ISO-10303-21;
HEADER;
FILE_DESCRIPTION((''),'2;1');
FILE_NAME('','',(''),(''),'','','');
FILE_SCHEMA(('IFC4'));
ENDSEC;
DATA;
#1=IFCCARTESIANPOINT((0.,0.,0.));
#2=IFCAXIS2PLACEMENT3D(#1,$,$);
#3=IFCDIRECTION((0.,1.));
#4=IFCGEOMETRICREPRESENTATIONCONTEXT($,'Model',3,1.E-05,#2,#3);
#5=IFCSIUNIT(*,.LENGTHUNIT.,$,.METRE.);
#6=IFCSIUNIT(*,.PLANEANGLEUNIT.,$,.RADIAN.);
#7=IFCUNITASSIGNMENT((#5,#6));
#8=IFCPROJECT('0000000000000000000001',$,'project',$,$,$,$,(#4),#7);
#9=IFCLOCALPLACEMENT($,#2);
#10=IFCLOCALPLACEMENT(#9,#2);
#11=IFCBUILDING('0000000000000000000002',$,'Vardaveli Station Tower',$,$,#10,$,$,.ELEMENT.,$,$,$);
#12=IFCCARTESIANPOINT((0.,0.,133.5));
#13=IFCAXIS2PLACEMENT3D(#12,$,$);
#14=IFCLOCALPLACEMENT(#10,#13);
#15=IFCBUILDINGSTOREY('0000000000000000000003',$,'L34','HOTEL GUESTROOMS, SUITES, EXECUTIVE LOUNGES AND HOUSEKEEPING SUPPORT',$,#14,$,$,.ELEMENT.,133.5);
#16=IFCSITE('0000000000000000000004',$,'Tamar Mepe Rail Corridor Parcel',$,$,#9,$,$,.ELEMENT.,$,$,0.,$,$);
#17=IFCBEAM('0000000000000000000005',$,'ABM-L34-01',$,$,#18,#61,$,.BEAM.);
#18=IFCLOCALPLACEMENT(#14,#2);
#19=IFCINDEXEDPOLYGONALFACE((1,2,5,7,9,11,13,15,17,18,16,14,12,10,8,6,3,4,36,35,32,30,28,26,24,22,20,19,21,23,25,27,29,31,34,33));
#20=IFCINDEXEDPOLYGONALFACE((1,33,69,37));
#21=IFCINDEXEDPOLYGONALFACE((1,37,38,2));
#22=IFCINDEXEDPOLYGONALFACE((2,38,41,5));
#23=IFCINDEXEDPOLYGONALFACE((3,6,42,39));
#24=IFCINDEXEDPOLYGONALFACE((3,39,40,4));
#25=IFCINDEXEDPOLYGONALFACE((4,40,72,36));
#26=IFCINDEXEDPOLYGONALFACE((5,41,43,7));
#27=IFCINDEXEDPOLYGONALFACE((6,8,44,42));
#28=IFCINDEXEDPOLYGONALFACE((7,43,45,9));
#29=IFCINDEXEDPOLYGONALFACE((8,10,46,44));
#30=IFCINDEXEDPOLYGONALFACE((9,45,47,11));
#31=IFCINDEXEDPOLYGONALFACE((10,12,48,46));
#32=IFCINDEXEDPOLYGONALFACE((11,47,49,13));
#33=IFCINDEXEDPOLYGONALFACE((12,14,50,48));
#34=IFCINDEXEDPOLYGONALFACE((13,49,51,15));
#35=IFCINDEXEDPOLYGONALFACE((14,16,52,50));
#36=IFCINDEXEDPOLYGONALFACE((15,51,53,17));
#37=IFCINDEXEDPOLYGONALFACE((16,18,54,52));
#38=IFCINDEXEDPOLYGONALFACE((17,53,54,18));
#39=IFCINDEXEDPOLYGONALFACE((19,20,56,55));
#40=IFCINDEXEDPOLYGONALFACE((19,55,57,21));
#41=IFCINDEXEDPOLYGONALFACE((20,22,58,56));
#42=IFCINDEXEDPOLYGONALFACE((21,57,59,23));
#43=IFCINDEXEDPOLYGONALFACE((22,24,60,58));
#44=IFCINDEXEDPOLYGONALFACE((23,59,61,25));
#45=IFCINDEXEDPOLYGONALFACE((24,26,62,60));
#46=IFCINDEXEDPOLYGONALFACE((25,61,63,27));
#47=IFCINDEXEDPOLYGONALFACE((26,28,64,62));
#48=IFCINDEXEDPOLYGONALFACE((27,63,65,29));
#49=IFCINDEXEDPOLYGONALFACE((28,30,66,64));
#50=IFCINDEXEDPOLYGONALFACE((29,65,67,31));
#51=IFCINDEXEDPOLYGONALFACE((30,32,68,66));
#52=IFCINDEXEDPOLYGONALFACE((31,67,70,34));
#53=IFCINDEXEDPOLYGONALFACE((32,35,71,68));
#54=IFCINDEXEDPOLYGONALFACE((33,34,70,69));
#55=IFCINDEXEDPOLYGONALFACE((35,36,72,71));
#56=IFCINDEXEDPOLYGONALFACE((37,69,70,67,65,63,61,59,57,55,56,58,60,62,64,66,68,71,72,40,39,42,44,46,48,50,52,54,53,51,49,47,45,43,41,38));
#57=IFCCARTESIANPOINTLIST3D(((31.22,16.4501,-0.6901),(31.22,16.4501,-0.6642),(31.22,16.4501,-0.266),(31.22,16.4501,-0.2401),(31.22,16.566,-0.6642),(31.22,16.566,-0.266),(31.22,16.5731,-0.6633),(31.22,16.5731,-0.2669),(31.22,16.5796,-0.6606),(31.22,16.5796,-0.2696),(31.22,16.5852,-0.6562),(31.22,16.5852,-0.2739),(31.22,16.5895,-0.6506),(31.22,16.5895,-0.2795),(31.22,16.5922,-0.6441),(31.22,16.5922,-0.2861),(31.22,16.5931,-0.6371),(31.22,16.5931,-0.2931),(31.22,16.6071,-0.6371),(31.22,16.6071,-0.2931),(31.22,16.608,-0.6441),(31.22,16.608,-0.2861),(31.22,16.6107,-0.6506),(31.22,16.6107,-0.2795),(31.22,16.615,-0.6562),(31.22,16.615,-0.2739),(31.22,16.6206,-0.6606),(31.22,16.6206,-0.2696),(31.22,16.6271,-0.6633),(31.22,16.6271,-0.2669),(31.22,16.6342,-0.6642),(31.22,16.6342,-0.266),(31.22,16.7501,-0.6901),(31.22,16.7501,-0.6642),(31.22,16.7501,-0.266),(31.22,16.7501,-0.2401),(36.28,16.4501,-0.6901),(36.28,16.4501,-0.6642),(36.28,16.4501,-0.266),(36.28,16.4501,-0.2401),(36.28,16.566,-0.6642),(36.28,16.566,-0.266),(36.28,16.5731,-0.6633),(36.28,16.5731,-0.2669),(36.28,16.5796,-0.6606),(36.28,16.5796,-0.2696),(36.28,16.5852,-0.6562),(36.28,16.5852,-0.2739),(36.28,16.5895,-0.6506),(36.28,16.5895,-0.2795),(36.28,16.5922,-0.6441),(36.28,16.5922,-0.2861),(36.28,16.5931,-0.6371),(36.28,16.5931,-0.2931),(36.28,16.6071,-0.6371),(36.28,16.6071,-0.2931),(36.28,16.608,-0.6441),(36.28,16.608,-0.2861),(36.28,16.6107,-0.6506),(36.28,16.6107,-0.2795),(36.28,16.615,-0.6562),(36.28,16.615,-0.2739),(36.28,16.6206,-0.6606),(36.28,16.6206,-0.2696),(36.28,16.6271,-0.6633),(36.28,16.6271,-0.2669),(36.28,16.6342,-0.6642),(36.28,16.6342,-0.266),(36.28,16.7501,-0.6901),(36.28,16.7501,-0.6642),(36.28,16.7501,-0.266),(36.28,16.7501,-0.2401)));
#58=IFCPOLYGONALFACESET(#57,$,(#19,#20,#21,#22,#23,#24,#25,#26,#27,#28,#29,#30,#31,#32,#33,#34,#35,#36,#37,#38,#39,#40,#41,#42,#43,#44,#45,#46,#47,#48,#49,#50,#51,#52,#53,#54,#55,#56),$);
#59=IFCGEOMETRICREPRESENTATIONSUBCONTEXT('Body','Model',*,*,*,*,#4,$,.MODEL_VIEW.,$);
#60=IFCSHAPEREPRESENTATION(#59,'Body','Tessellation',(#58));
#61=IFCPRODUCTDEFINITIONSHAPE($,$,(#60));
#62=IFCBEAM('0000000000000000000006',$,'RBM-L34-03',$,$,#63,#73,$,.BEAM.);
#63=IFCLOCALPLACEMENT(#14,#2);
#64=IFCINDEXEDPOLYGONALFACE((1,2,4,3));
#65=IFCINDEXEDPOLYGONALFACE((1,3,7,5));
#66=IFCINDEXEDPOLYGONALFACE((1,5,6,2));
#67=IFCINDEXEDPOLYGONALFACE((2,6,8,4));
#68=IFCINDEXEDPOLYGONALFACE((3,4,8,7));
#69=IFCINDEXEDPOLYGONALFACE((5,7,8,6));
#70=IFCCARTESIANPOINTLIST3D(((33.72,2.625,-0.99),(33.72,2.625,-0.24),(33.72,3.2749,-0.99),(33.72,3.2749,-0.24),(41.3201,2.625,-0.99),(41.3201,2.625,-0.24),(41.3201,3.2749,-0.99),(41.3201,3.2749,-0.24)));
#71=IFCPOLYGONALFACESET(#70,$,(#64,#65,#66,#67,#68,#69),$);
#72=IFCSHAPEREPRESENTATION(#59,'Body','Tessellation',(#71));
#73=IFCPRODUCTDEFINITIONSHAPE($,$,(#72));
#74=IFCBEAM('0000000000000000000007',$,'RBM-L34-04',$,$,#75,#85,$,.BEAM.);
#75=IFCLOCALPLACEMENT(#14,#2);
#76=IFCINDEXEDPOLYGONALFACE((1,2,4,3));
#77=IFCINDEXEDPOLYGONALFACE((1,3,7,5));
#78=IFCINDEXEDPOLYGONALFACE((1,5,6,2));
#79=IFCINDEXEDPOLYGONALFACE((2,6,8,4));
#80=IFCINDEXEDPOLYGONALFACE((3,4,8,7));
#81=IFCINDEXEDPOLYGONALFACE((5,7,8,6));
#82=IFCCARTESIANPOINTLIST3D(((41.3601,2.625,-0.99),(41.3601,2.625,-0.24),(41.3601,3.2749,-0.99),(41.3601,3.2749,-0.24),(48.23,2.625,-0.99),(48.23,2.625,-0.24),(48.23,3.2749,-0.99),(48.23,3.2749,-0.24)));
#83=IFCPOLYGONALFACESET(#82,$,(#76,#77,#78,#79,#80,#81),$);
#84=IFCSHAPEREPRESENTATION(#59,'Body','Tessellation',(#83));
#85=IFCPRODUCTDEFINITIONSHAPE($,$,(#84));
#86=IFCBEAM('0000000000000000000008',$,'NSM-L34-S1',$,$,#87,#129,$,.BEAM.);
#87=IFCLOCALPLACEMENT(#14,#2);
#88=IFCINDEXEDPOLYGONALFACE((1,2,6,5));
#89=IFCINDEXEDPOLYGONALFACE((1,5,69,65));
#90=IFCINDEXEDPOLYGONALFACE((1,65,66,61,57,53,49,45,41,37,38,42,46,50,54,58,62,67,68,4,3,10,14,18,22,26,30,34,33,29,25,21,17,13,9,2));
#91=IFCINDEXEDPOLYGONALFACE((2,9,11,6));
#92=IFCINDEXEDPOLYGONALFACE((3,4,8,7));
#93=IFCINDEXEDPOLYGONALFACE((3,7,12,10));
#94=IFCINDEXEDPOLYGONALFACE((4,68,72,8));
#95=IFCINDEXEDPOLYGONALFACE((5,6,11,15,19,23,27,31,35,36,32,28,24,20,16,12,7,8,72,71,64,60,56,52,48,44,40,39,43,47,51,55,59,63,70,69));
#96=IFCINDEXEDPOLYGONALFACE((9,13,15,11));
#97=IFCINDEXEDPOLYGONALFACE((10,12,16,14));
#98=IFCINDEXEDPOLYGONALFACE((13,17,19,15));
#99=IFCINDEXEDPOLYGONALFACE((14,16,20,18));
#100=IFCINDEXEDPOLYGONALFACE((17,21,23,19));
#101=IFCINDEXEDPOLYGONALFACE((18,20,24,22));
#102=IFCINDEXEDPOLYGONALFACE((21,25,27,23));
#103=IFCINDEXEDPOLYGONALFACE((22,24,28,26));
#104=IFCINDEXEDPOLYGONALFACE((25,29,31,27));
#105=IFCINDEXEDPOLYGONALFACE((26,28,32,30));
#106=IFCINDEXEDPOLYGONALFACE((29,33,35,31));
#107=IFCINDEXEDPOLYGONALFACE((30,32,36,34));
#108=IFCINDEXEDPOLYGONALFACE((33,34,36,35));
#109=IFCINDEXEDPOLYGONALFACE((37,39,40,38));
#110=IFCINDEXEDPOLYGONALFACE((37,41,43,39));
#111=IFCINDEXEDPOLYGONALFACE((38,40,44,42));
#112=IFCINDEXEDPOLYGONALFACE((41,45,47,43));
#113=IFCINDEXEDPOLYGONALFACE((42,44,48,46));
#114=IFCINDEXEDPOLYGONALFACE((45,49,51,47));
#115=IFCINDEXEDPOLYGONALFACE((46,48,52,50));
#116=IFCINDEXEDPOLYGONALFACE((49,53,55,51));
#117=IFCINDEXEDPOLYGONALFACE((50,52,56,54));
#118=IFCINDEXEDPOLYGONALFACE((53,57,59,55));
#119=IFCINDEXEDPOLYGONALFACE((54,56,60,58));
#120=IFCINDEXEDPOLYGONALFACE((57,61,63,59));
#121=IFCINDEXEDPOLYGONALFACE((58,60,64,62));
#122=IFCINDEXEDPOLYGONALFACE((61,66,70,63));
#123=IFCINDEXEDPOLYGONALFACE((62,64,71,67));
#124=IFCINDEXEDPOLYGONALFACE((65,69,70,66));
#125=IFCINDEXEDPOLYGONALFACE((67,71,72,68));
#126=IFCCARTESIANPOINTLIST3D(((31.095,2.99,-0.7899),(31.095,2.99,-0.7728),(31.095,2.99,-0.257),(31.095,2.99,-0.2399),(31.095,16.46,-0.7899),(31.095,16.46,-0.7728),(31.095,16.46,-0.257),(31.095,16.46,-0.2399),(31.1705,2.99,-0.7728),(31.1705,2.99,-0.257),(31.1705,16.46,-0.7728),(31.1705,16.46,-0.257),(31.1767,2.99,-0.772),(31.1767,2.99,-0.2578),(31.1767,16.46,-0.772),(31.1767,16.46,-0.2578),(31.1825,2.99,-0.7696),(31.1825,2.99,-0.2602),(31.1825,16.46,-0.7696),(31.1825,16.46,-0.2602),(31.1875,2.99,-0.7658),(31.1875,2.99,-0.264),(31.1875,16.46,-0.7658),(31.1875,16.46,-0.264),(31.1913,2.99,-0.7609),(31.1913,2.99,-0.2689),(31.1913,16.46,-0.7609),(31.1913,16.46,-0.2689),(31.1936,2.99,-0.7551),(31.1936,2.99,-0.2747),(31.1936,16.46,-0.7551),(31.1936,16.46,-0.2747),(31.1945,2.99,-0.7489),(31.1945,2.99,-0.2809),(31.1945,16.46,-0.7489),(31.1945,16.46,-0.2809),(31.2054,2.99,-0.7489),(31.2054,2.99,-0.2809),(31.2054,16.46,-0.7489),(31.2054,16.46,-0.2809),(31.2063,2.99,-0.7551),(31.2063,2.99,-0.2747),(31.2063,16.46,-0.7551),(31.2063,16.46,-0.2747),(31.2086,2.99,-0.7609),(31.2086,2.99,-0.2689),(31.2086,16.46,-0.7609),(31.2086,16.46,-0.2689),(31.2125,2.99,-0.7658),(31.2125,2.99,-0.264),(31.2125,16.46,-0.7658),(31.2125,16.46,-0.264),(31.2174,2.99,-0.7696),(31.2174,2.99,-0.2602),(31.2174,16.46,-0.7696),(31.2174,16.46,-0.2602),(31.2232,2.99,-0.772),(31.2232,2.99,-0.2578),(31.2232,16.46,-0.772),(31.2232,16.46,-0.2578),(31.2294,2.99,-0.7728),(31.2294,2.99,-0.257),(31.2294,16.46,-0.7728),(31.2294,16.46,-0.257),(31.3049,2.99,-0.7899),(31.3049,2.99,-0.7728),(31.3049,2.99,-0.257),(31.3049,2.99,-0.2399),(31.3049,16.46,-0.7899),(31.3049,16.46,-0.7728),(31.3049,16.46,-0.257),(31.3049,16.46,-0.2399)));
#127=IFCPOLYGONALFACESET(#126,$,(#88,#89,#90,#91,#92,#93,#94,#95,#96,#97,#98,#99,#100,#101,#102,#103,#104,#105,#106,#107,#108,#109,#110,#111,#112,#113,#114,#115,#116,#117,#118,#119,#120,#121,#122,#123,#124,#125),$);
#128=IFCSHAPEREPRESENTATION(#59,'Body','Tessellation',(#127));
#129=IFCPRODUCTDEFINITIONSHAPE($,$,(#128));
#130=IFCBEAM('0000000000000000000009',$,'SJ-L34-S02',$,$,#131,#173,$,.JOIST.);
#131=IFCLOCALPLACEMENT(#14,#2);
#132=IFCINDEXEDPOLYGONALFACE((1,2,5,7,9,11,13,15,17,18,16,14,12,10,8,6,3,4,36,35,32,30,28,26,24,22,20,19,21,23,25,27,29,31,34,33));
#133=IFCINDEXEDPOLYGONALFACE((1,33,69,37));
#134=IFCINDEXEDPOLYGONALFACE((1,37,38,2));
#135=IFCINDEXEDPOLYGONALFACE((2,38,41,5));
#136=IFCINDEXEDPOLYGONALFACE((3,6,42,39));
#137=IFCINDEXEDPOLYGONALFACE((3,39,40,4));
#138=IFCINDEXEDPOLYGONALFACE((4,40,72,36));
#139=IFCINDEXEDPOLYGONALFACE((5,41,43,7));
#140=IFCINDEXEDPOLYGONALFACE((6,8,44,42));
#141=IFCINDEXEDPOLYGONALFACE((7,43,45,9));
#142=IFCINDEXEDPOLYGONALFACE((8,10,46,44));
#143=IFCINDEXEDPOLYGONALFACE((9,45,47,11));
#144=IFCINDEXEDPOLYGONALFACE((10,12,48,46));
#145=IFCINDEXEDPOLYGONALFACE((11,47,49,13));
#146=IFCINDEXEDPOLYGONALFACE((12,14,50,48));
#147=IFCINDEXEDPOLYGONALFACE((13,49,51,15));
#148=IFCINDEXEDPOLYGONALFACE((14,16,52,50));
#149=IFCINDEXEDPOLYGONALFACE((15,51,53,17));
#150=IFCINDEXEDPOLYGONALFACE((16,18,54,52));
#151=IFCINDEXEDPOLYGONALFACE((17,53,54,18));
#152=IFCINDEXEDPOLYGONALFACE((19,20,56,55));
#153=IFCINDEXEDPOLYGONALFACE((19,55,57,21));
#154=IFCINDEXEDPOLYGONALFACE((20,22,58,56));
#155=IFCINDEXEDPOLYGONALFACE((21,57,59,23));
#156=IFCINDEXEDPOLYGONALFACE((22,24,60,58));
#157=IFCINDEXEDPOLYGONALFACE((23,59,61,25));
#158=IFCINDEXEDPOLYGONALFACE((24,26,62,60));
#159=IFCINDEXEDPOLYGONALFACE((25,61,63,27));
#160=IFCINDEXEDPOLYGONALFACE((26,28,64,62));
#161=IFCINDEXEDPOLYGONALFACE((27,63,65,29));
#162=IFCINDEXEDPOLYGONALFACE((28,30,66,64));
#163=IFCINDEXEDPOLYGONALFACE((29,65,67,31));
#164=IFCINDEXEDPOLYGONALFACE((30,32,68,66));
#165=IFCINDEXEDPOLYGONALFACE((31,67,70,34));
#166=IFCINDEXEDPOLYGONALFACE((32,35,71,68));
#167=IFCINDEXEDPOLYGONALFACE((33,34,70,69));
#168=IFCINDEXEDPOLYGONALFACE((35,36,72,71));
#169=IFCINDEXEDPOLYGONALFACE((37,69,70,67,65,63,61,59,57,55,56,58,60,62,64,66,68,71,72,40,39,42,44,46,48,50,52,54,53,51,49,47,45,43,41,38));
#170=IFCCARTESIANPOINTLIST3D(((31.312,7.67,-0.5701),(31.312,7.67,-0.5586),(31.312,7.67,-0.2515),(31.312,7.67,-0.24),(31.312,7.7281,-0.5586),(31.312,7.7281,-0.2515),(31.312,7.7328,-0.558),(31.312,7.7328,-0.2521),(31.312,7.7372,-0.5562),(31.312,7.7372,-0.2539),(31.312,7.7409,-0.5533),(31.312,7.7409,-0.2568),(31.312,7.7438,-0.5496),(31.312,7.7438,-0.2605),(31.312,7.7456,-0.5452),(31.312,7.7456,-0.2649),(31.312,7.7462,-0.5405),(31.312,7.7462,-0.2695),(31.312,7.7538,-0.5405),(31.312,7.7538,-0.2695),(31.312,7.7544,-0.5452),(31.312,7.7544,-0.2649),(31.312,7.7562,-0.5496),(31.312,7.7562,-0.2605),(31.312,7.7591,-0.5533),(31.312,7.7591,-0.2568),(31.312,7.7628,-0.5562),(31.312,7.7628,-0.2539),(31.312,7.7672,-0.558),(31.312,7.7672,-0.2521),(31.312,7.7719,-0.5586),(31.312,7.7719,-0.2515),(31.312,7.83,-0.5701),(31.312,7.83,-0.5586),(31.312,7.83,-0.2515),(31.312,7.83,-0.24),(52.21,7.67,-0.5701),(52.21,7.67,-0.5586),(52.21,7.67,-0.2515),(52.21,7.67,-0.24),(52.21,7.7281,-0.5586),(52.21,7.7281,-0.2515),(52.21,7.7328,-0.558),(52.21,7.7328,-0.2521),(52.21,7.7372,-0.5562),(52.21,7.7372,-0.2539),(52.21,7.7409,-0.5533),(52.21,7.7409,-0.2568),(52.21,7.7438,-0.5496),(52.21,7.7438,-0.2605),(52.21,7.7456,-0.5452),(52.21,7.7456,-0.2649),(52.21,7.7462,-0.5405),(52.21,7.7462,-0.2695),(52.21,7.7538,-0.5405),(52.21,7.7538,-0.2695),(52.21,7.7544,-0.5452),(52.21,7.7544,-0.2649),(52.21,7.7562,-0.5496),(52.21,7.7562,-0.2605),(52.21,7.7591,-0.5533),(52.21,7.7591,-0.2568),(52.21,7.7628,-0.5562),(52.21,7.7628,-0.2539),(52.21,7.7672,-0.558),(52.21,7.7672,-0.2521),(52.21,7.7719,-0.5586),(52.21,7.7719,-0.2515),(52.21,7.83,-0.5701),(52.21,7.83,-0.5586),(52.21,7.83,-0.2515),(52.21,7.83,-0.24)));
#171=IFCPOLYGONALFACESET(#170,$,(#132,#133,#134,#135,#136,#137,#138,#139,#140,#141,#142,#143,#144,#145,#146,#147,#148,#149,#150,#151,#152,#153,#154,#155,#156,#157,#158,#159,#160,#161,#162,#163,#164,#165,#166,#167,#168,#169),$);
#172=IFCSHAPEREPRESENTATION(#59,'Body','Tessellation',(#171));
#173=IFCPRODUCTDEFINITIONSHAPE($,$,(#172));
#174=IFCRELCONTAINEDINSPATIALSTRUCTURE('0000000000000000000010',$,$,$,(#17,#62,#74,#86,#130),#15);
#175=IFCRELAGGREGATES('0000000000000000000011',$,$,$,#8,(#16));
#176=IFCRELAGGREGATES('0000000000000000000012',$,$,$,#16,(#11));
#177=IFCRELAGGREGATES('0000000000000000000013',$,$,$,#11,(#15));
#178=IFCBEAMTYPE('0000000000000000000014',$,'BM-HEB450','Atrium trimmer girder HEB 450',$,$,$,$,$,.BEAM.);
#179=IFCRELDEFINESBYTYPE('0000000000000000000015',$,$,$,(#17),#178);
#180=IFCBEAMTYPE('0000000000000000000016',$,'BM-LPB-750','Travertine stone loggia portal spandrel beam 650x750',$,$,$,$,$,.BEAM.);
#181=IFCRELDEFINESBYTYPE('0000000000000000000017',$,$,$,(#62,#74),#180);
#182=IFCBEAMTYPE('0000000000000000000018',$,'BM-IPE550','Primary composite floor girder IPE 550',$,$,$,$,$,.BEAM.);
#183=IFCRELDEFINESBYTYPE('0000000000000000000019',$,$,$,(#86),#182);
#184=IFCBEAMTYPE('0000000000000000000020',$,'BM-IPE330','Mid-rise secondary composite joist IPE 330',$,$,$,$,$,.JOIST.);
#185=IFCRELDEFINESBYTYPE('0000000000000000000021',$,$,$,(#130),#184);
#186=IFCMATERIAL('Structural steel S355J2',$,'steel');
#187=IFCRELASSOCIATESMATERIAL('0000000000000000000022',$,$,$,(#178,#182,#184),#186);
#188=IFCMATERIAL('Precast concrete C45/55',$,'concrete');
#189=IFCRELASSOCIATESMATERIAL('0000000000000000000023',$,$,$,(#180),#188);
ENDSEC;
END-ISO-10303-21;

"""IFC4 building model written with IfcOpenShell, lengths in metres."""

from ifc_helpers import new_model, si_unit, direction, frame, origin, origin_2d, place, context, subcontext, project, spatial, rectangle, i_section, extrude, source, transform, mapped, material, material_profile, profile_set, type_object, element, save


model = new_model("IFC4")

# Units and contexts
model_context = context("Model", 3, precision=1e-05, world=origin(), true_north=direction((0.0, 1.0)))
body_context = subcontext(model_context, "Body", "Model", "MODEL_VIEW")
ifc_project = project(units=[si_unit("LENGTHUNIT", "METRE"), si_unit("PLANEANGLEUNIT", "RADIAN")], contexts=[model_context])

# Site, building, storey
site_placement = place(None, origin())
site = spatial("IfcSite", under=ifc_project, at=site_placement, Name="Tamar Mepe Rail Corridor Parcel", CompositionType="ELEMENT", RefElevation=0.0)
building_placement = place(site_placement, origin())
building = spatial("IfcBuilding", under=site, at=building_placement, Name="Vardaveli Station Tower", CompositionType="ELEMENT")
storey_placement = place(building_placement, frame((0.0, 0.0, 133.5)))
storey = spatial("IfcBuildingStorey", under=building, at=storey_placement, Name="L34", Description="HOTEL GUESTROOMS, SUITES, EXECUTIVE LOUNGES AND HOUSEKEEPING SUPPORT", CompositionType="ELEMENT", Elevation=133.5)

# Beams
ifc_material_1 = material(Name="Structural steel S355J2", Category="steel")
ifc_material_profile_1 = material_profile(ifc_material_1, i_section(OverallWidth=0.3, OverallDepth=0.45, WebThickness=0.0139, FlangeThickness=0.0259, FilletRadius=0.0271, at=origin_2d()), Name="HEB 450")
ifc_profile_set_1 = profile_set([ifc_material_profile_1], Name="Structural steel S355J2")
beam_type_1 = type_object("IfcBeamType", Name="BM-HEB450", Description="Atrium trimmer girder HEB 450", PredefinedType="BEAM", material=ifc_profile_set_1)
shared_shape_1 = source(origin(), body_context, "Body", "SweptSolid", [
    extrude(i_section(OverallWidth=0.3, OverallDepth=0.45, WebThickness=0.0139, FlangeThickness=0.0259, FilletRadius=0.0271, at=origin_2d()), origin(), (0.0, 0.0, 1.0), 5.0601),
])
beam_1_placement = place(storey_placement, frame((31.22, 16.6001, -0.4651), z_axis=(1.0, 0.0, 0.0), x_axis=(0.0, 1.0, 0.0)))
element("IfcBeam", 1, at=beam_1_placement, inside=storey, type_object=beam_type_1, Name="ABM-L34-01", PredefinedType="BEAM", context=body_context, shape_type="MappedRepresentation", body=[
    mapped(shared_shape_1, transform((0.0, 0.0, 0.0), scale=1.0)),
])
ifc_material_2 = material(Name="Precast concrete C45/55", Category="concrete")
ifc_material_profile_2 = material_profile(ifc_material_2, rectangle(XDim=0.6499, YDim=0.75, at=origin_2d()), Name="LPB 650x750")
ifc_profile_set_2 = profile_set([ifc_material_profile_2], Name="Precast concrete C45/55")
beam_type_2 = type_object("IfcBeamType", Name="BM-LPB-750", Description="Travertine stone loggia portal spandrel beam 650x750", PredefinedType="BEAM", material=ifc_profile_set_2)
shared_shape_2 = source(origin(), body_context, "Body", "SweptSolid", [
    extrude(rectangle(XDim=0.6499, YDim=0.75, at=origin_2d()), origin(), (0.0, 0.0, 1.0), 7.6001),
])
beam_2_placement = place(storey_placement, frame((33.72, 2.95, -0.615), z_axis=(1.0, 0.0, 0.0), x_axis=(0.0, 1.0, 0.0)))
element("IfcBeam", 2, at=beam_2_placement, inside=storey, type_object=beam_type_2, Name="RBM-L34-03", PredefinedType="BEAM", context=body_context, shape_type="MappedRepresentation", body=[
    mapped(shared_shape_2, transform((0.0, 0.0, 0.0), scale=1.0)),
])
shared_shape_3 = source(origin(), body_context, "Body", "SweptSolid", [
    extrude(rectangle(XDim=0.6499, YDim=0.75, at=origin_2d()), origin(), (0.0, 0.0, 1.0), 6.8699),
])
beam_3_placement = place(storey_placement, frame((41.3601, 2.95, -0.615), z_axis=(1.0, 0.0, 0.0), x_axis=(0.0, 1.0, 0.0)))
element("IfcBeam", 3, at=beam_3_placement, inside=storey, type_object=beam_type_2, Name="RBM-L34-04", PredefinedType="BEAM", context=body_context, shape_type="MappedRepresentation", body=[
    mapped(shared_shape_3, transform((0.0, 0.0, 0.0), scale=1.0)),
])
ifc_material_profile_3 = material_profile(ifc_material_1, i_section(OverallWidth=0.21, OverallDepth=0.55, WebThickness=0.011, FlangeThickness=0.0171, FilletRadius=0.0239, at=origin_2d()), Name="IPE 550")
ifc_profile_set_3 = profile_set([ifc_material_profile_3], Name="Structural steel S355J2")
beam_type_3 = type_object("IfcBeamType", Name="BM-IPE550", Description="Primary composite floor girder IPE 550", PredefinedType="BEAM", material=ifc_profile_set_3)
shared_shape_4 = source(origin(), body_context, "Body", "SweptSolid", [
    extrude(i_section(OverallWidth=0.21, OverallDepth=0.55, WebThickness=0.011, FlangeThickness=0.0171, FilletRadius=0.0239, at=origin_2d()), origin(), (0.0, 0.0, 1.0), 13.47),
])
beam_4_placement = place(storey_placement, frame((31.2, 2.99, -0.5149), z_axis=(0.0, 1.0, 0.0), x_axis=(-1.0, 0.0, 0.0)))
element("IfcBeam", 4, at=beam_4_placement, inside=storey, type_object=beam_type_3, Name="NSM-L34-S1", PredefinedType="BEAM", context=body_context, shape_type="MappedRepresentation", body=[
    mapped(shared_shape_4, transform((0.0, 0.0, 0.0), scale=1.0)),
])
ifc_material_profile_4 = material_profile(ifc_material_1, i_section(OverallWidth=0.1599, OverallDepth=0.3301, WebThickness=0.0076, FlangeThickness=0.0115, FilletRadius=0.0181, at=origin_2d()), Name="IPE 330")
ifc_profile_set_4 = profile_set([ifc_material_profile_4], Name="Structural steel S355J2")
beam_type_4 = type_object("IfcBeamType", Name="BM-IPE330", Description="Mid-rise secondary composite joist IPE 330", PredefinedType="JOIST", material=ifc_profile_set_4)
shared_shape_5 = source(origin(), body_context, "Body", "SweptSolid", [
    extrude(i_section(OverallWidth=0.1599, OverallDepth=0.3301, WebThickness=0.0076, FlangeThickness=0.0115, FilletRadius=0.0181, at=origin_2d()), origin(), (0.0, 0.0, 1.0), 20.8979),
])
for number, where, z_axis, x_axis, name in (
    (5, (31.312, 7.75, -0.405), (1.0, 0.0, 0.0), (0.0, 1.0, 0.0), "SJ-L34-S02"),
):
    element("IfcBeam", number, at=place(storey_placement, frame(where, z_axis=z_axis, x_axis=x_axis)), inside=storey, type_object=beam_type_4, Name=name, PredefinedType="JOIST", context=body_context, shape_type="MappedRepresentation", body=[
        mapped(shared_shape_5, transform((0.0, 0.0, 0.0), scale=1.0)),
    ])

save(model, "model.ifc")
